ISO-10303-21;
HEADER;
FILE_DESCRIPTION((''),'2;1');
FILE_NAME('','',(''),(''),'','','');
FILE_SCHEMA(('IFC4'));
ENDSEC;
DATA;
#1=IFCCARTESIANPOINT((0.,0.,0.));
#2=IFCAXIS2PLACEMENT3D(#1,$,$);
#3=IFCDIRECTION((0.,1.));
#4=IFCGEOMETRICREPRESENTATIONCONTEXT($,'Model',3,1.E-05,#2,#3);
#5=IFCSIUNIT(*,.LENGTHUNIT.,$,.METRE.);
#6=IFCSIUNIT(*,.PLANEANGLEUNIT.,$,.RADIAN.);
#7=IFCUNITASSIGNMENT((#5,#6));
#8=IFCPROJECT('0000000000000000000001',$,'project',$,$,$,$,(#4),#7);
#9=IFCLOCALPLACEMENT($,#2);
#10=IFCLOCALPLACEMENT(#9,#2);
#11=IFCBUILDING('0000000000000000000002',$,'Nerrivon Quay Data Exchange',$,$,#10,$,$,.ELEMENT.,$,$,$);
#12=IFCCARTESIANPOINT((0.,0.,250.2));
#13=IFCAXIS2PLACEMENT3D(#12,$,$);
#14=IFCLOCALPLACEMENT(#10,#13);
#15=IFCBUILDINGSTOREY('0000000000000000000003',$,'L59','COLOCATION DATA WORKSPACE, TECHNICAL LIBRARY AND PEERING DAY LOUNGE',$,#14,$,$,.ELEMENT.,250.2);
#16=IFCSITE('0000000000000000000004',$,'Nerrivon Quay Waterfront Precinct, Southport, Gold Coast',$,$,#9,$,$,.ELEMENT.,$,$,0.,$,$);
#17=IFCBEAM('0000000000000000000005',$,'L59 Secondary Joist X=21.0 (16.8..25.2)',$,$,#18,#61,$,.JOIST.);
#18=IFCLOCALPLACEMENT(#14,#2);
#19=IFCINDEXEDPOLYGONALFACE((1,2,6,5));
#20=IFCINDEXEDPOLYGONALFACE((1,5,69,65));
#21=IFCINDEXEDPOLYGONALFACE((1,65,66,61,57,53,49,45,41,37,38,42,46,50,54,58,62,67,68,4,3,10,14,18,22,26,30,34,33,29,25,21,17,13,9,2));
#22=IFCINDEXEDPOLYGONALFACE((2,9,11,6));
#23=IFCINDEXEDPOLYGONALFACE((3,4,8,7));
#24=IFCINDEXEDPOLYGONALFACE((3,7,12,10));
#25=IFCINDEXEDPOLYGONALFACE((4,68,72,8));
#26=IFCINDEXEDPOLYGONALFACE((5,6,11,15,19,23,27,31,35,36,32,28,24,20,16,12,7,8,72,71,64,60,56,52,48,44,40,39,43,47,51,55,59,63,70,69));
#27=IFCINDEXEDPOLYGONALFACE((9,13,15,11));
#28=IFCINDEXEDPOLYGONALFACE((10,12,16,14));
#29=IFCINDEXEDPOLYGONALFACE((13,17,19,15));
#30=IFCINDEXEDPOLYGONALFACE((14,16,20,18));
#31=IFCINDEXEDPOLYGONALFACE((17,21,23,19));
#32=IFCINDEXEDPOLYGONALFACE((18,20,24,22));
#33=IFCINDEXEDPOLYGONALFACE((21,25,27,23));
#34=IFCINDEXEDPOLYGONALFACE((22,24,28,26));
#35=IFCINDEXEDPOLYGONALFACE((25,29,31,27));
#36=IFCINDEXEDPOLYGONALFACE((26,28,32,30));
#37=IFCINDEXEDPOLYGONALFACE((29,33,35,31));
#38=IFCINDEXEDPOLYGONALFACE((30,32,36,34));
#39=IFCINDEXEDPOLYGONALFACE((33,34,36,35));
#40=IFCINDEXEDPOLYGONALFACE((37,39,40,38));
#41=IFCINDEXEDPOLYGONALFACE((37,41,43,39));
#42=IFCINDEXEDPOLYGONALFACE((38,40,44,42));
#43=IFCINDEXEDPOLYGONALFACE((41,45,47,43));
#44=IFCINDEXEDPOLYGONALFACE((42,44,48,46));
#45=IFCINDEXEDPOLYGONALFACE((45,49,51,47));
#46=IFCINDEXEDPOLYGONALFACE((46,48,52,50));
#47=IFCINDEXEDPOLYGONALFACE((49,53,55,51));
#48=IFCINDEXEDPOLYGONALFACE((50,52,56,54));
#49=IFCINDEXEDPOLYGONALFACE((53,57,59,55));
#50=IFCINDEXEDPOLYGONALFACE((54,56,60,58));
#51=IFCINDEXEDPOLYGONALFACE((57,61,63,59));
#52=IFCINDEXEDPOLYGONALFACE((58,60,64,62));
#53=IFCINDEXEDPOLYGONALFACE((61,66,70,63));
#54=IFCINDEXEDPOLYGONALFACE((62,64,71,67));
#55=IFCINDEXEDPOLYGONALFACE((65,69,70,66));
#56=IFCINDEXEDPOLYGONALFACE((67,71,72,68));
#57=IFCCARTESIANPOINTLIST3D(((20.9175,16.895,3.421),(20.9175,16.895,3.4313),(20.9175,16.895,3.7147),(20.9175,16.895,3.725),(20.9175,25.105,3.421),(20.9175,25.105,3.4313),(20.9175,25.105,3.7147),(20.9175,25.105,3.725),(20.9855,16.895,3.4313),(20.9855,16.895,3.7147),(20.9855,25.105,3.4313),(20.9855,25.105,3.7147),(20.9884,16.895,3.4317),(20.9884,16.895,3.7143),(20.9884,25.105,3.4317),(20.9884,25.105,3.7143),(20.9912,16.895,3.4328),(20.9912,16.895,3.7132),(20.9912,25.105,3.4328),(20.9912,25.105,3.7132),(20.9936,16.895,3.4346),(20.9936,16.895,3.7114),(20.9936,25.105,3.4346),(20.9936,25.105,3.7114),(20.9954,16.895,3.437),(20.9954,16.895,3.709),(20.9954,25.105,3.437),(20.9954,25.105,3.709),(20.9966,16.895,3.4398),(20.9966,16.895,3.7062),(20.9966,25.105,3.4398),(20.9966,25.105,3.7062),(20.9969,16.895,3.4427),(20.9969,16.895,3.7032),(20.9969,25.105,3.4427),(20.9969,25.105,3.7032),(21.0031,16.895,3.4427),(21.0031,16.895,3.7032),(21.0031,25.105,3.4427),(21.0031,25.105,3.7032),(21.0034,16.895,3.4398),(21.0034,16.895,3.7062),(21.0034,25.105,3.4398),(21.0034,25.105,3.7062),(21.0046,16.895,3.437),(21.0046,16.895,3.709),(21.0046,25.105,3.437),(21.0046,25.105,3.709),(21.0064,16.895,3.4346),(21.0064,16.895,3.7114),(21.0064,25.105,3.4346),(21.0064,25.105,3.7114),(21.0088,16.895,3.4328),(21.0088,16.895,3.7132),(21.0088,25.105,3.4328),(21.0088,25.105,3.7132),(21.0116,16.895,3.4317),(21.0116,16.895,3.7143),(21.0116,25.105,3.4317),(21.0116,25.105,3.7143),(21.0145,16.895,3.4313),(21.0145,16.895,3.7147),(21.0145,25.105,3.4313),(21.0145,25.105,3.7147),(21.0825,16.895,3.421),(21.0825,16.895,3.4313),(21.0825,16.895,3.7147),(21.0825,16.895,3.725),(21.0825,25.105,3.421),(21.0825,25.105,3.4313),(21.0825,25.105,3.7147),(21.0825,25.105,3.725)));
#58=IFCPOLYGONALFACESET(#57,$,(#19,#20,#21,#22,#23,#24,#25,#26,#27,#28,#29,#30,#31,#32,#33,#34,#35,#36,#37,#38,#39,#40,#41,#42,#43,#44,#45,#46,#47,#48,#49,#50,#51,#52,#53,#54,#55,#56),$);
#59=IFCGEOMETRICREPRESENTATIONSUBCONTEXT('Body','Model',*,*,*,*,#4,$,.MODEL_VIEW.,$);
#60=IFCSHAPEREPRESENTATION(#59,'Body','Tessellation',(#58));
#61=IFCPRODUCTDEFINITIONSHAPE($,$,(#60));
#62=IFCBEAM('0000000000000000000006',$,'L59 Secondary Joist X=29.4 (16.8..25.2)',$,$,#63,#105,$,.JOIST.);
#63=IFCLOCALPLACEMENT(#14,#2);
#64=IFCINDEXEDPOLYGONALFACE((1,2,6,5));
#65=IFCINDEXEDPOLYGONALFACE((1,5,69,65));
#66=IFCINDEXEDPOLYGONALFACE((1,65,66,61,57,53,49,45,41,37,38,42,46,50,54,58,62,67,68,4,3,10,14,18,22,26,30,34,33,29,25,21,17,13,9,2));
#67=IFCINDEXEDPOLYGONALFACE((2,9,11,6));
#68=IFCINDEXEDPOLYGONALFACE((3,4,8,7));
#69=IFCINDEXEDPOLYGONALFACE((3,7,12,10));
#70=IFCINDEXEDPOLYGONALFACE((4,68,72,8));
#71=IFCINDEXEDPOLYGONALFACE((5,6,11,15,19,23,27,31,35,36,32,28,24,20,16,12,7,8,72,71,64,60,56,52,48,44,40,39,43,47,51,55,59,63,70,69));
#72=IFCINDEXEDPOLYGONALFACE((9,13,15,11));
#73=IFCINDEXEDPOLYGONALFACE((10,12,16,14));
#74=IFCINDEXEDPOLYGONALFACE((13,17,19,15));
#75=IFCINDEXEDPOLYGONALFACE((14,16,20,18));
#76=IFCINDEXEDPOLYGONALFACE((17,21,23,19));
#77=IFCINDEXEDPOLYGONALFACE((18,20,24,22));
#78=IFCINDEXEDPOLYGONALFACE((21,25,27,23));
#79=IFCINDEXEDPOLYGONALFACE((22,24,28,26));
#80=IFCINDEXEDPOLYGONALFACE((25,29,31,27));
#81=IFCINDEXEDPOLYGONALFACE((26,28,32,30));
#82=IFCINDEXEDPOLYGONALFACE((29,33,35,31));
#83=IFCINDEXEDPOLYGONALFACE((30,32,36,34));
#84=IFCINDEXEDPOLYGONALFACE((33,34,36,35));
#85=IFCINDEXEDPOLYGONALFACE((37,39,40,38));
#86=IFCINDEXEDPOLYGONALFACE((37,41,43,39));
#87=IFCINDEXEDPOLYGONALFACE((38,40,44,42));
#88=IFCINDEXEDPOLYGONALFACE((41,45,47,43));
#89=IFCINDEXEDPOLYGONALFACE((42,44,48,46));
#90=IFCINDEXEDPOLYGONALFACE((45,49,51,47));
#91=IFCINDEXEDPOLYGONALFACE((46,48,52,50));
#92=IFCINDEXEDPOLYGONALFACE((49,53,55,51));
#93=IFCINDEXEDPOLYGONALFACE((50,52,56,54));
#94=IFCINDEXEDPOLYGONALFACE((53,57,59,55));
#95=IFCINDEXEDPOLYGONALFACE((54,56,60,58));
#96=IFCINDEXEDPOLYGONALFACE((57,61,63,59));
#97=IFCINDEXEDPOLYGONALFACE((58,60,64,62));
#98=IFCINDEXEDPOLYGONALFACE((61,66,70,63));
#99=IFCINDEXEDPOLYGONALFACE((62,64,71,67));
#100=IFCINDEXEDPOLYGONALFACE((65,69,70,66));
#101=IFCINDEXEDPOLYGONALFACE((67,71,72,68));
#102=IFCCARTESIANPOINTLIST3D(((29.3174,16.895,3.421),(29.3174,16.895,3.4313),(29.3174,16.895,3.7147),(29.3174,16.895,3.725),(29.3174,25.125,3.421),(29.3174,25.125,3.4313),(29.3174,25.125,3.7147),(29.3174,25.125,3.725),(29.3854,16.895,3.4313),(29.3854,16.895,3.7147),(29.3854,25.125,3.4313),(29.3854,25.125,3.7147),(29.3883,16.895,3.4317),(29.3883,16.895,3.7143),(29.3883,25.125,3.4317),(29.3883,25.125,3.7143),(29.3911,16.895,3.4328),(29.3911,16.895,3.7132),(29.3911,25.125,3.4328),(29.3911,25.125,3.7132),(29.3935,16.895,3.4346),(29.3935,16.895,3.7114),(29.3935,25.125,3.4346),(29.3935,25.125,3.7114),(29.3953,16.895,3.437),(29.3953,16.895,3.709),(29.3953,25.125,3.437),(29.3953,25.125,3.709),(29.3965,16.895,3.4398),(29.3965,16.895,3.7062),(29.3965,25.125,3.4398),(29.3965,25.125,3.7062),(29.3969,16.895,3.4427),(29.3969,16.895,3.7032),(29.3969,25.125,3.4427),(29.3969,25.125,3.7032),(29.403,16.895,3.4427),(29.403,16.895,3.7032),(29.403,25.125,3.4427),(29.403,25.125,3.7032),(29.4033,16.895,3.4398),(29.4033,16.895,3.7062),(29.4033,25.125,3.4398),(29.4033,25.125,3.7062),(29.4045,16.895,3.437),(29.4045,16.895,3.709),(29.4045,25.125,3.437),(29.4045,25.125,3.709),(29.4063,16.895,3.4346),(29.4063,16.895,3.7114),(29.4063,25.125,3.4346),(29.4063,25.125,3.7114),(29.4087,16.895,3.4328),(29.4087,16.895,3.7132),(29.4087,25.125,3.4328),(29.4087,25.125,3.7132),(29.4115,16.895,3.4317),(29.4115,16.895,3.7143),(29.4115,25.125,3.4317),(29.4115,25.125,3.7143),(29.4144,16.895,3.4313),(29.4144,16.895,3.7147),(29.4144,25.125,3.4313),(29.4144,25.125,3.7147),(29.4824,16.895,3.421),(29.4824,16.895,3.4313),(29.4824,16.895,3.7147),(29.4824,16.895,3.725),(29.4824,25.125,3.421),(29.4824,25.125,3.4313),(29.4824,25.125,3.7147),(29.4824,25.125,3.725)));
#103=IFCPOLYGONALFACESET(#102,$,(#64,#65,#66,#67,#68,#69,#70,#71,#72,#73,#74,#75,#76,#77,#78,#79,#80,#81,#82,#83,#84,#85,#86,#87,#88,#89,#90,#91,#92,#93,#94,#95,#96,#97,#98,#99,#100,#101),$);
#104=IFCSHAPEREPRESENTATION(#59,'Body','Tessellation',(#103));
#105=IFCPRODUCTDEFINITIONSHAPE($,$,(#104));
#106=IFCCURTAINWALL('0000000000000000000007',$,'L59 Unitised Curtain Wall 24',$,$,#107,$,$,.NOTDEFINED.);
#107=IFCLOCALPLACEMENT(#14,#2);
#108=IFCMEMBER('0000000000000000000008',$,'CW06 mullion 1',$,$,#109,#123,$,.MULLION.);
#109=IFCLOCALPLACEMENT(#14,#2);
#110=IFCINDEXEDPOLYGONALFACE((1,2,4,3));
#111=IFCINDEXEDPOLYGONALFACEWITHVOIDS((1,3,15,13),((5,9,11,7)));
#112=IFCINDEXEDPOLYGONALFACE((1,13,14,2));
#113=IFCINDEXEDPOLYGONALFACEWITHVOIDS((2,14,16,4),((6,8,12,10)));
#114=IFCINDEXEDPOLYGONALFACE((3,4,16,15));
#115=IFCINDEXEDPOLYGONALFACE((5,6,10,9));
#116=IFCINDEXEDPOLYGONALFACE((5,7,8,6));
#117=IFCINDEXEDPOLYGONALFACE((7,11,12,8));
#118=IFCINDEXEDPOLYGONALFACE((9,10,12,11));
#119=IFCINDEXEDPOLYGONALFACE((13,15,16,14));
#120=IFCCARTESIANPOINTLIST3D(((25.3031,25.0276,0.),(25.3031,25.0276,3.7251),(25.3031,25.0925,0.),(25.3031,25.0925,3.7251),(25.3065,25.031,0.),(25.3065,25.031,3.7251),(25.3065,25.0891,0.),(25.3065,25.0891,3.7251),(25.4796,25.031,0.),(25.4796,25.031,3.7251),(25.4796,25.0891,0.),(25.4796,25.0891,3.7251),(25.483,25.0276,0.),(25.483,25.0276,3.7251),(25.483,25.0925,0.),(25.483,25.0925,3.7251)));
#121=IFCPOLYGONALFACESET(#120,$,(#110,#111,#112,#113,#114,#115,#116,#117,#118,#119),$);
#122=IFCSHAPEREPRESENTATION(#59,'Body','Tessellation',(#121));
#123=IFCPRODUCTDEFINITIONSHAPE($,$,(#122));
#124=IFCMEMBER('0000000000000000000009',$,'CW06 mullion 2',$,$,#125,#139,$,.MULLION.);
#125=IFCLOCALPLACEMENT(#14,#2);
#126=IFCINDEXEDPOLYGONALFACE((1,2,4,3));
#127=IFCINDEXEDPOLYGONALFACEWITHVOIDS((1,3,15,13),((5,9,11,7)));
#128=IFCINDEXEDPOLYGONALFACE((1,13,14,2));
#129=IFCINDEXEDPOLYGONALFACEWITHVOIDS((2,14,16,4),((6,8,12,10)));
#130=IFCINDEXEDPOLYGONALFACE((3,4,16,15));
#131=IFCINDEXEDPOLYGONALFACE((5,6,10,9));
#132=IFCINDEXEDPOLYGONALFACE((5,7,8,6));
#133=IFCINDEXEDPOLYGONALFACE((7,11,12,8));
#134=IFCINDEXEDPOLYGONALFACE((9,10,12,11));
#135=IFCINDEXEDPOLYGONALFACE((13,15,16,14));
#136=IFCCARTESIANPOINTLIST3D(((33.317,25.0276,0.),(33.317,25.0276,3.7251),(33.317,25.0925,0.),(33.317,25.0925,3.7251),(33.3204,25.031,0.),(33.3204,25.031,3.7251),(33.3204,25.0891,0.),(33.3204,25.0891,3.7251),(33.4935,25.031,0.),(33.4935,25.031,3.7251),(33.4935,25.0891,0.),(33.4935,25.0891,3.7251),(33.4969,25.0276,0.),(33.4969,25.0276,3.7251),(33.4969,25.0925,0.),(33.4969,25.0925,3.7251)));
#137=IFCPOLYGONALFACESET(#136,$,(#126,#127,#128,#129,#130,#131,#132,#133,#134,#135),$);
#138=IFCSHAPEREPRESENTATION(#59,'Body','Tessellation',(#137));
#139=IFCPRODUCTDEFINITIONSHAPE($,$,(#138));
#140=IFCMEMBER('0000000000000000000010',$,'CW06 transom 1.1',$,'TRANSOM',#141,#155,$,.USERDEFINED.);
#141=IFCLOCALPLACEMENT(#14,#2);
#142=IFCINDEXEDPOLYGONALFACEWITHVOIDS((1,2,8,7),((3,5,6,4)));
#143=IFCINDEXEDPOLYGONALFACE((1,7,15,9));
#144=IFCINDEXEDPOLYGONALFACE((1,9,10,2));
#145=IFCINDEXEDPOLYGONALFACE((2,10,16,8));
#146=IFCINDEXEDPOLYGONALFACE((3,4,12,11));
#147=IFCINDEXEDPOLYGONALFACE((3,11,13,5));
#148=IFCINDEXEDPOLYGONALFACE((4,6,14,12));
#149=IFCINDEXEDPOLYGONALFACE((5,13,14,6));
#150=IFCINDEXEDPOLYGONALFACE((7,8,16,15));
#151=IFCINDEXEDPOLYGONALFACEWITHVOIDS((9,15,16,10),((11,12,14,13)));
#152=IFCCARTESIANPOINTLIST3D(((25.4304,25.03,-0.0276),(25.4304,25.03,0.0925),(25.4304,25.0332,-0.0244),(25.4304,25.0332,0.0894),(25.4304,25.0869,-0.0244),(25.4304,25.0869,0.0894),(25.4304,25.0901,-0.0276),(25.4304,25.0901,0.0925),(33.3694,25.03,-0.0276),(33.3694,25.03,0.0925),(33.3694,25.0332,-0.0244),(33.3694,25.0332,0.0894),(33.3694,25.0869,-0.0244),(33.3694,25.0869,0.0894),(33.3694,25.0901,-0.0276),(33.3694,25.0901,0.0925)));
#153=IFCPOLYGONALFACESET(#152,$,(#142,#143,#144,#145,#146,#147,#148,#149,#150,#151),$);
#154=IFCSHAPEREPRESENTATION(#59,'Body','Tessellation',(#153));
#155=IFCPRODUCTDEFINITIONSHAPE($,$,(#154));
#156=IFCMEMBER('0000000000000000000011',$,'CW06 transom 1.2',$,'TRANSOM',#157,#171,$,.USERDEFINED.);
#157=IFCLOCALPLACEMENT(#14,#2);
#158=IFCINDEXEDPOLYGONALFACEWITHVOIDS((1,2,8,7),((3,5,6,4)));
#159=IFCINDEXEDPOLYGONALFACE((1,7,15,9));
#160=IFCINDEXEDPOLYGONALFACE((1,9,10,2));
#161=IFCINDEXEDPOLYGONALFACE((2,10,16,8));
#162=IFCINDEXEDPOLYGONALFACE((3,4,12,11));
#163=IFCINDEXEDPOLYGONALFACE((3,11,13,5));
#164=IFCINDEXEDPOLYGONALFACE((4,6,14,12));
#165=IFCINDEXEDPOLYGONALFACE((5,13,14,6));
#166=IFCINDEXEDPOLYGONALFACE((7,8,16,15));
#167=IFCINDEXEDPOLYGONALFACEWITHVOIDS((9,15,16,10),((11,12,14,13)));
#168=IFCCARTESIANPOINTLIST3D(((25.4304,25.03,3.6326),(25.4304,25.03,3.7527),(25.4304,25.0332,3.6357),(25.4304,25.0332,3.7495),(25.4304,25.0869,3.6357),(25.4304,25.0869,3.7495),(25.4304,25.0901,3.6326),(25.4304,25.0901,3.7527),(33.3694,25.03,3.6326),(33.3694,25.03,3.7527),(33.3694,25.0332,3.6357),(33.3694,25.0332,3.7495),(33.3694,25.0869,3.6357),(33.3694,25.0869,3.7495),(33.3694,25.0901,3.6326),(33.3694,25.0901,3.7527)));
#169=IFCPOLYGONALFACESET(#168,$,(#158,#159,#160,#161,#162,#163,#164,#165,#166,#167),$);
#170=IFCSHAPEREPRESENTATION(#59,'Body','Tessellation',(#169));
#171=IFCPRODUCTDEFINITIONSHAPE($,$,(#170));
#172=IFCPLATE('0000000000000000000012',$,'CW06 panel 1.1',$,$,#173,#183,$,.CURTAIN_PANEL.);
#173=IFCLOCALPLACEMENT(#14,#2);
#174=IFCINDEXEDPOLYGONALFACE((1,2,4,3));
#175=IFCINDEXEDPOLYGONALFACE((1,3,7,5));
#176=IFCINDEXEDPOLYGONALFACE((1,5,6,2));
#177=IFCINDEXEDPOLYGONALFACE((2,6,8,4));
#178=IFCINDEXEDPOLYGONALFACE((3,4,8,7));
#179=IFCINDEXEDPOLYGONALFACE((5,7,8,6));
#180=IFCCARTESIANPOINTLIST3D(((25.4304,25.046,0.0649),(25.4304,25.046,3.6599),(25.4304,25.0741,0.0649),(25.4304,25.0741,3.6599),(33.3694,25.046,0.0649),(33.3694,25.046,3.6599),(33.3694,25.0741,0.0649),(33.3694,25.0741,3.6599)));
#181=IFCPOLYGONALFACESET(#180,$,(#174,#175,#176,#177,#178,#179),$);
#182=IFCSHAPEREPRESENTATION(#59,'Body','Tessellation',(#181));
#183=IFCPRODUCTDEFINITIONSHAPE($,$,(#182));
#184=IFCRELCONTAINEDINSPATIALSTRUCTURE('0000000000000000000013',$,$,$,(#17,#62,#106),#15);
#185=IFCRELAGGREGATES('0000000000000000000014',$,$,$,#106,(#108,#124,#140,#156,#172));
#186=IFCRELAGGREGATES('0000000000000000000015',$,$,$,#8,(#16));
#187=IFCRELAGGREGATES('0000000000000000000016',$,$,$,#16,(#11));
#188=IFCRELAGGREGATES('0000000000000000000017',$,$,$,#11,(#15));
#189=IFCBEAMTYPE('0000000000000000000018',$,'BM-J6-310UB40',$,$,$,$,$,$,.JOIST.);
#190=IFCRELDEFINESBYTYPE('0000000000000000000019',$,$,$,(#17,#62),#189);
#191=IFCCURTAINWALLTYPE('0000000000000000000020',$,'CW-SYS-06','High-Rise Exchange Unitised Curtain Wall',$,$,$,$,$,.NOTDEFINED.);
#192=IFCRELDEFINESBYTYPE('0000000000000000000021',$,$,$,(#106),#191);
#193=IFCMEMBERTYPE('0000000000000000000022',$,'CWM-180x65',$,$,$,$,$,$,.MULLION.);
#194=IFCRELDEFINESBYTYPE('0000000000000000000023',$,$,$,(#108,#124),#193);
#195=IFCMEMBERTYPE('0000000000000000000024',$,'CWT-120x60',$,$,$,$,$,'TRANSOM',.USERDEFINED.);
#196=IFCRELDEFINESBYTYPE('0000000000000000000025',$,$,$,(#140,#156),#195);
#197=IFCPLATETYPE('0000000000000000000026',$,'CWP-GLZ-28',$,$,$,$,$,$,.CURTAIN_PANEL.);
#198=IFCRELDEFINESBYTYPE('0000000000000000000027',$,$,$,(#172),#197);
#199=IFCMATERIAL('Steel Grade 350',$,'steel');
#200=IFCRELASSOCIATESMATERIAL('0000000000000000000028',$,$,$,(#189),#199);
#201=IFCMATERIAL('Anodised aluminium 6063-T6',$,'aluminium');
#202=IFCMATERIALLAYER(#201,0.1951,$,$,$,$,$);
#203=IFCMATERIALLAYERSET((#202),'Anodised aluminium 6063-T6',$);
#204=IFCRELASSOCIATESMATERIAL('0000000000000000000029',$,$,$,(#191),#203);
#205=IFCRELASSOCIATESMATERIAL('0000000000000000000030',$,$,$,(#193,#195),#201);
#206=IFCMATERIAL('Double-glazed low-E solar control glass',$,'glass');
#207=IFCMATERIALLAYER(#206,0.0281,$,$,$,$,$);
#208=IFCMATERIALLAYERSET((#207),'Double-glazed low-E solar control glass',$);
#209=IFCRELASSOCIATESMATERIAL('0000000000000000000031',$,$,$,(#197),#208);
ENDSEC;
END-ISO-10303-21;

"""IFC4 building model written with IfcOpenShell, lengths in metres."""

from ifc_helpers import new_model, si_unit, direction, frame, origin, origin_2d, place, context, subcontext, project, spatial, rectangle, hollow_rectangle, i_section, extrude, material, layer, layer_set, material_profile, profile_set, type_object, element, aggregate, save


model = new_model("IFC4")

# Units and contexts
model_context = context("Model", 3, precision=1e-05, world=origin(), true_north=direction((0.0, 1.0)))
body_context = subcontext(model_context, "Body", "Model", "MODEL_VIEW")
ifc_project = project(units=[si_unit("LENGTHUNIT", "METRE"), si_unit("PLANEANGLEUNIT", "RADIAN")], contexts=[model_context])

# Site, building, storey
site_placement = place(None, origin())
site = spatial("IfcSite", under=ifc_project, at=site_placement, Name="Nerrivon Quay Waterfront Precinct, Southport, Gold Coast", CompositionType="ELEMENT", RefElevation=0.0)
building_placement = place(site_placement, origin())
building = spatial("IfcBuilding", under=site, at=building_placement, Name="Nerrivon Quay Data Exchange", CompositionType="ELEMENT")
storey_placement = place(building_placement, frame((0.0, 0.0, 250.2)))
storey = spatial("IfcBuildingStorey", under=building, at=storey_placement, Name="L59", Description="COLOCATION DATA WORKSPACE, TECHNICAL LIBRARY AND PEERING DAY LOUNGE", CompositionType="ELEMENT", Elevation=250.2)

# Beams
ifc_material_1 = material(Name="Steel Grade 350", Category="steel")
ifc_material_profile_1 = material_profile(ifc_material_1, i_section(OverallWidth=0.165, OverallDepth=0.304, WebThickness=0.0061, FlangeThickness=0.0103, FilletRadius=0.0115, at=origin_2d()), Name="310UB40.4")
ifc_profile_set_1 = profile_set([ifc_material_profile_1], Name="Steel Grade 350")
beam_type_1 = type_object("IfcBeamType", Name="BM-J6-310UB40", PredefinedType="JOIST", material=ifc_profile_set_1)
beam_1_placement = place(storey_placement, frame((21.0, 16.895, 3.573), z_axis=(0.0, 1.0, 0.0), x_axis=(-1.0, 0.0, 0.0)))
element("IfcBeam", 1, at=beam_1_placement, inside=storey, type_object=beam_type_1, Name="L59 Secondary Joist X=21.0 (16.8..25.2)", PredefinedType="JOIST", context=body_context, shape_type="SweptSolid", body=[
    extrude(i_section(OverallWidth=0.165, OverallDepth=0.304, WebThickness=0.0061, FlangeThickness=0.0103, FilletRadius=0.0115, at=origin_2d()), origin(), (0.0, 0.0, 1.0), 8.21),
])
beam_2_placement = place(storey_placement, frame((29.3999, 16.895, 3.573), z_axis=(0.0, 1.0, 0.0), x_axis=(-1.0, 0.0, 0.0)))
element("IfcBeam", 2, at=beam_2_placement, inside=storey, type_object=beam_type_1, Name="L59 Secondary Joist X=29.4 (16.8..25.2)", PredefinedType="JOIST", context=body_context, shape_type="SweptSolid", body=[
    extrude(i_section(OverallWidth=0.165, OverallDepth=0.304, WebThickness=0.0061, FlangeThickness=0.0103, FilletRadius=0.0115, at=origin_2d()), origin(), (0.0, 0.0, 1.0), 8.23),
])

# Curtain wall, members, plate
ifc_material_2 = material(Name="Anodised aluminium 6063-T6", Category="aluminium")
ifc_layer_1 = layer(ifc_material_2, 0.1951)
ifc_layer_set_1 = layer_set([ifc_layer_1], Name="Anodised aluminium 6063-T6")
curtain_wall_type = type_object("IfcCurtainWallType", Name="CW-SYS-06", Description="High-Rise Exchange Unitised Curtain Wall", PredefinedType="NOTDEFINED", material=ifc_layer_set_1)
curtain_wall_placement = place(storey_placement, origin())
curtain_wall = element("IfcCurtainWall", 3, at=curtain_wall_placement, inside=storey, type_object=curtain_wall_type, Name="L59 Unitised Curtain Wall 24", PredefinedType="NOTDEFINED")
ifc_material_profile_2 = material_profile(ifc_material_2, hollow_rectangle(XDim=0.0649, YDim=0.1799, WallThickness=0.0034, at=origin_2d()), Name="ALU-MULL-180x65")
ifc_profile_set_2 = profile_set([ifc_material_profile_2], Name="Anodised aluminium 6063-T6")
member_type_1 = type_object("IfcMemberType", Name="CWM-180x65", PredefinedType="MULLION", material=ifc_profile_set_2)
member_1_placement = place(storey_placement, frame((25.3931, 25.0601, 0.0), z_axis=(0.0, 0.0, 1.0), x_axis=(0.0, 1.0, 0.0)))
member_1 = element("IfcMember", 4, at=member_1_placement, type_object=member_type_1, Name="CW06 mullion 1", PredefinedType="MULLION", context=body_context, shape_type="SweptSolid", body=[
    extrude(hollow_rectangle(XDim=0.0649, YDim=0.1799, WallThickness=0.0034, at=origin_2d()), origin(), (0.0, 0.0, 1.0), 3.7251),
])
member_2_placement = place(storey_placement, frame((33.407, 25.0601, 0.0), z_axis=(0.0, 0.0, 1.0), x_axis=(0.0, 1.0, 0.0)))
member_2 = element("IfcMember", 5, at=member_2_placement, type_object=member_type_1, Name="CW06 mullion 2", PredefinedType="MULLION", context=body_context, shape_type="SweptSolid", body=[
    extrude(hollow_rectangle(XDim=0.0649, YDim=0.1799, WallThickness=0.0034, at=origin_2d()), origin(), (0.0, 0.0, 1.0), 3.7251),
])
ifc_material_profile_3 = material_profile(ifc_material_2, hollow_rectangle(XDim=0.0601, YDim=0.1201, WallThickness=0.0032, at=origin_2d()), Name="ALU-TRAN-120x60")
ifc_profile_set_3 = profile_set([ifc_material_profile_3], Name="Anodised aluminium 6063-T6")
member_type_2 = type_object("IfcMemberType", Name="CWT-120x60", ElementType="TRANSOM", PredefinedType="USERDEFINED", material=ifc_profile_set_3)
member_3_placement = place(storey_placement, frame((25.4304, 25.0601, 0.0325), z_axis=(1.0, 0.0, 0.0), x_axis=(0.0, 1.0, 0.0)))
member_3 = element("IfcMember", 6, at=member_3_placement, type_object=member_type_2, Name="CW06 transom 1.1", ObjectType="TRANSOM", PredefinedType="USERDEFINED", context=body_context, shape_type="SweptSolid", body=[
    extrude(hollow_rectangle(XDim=0.0601, YDim=0.1201, WallThickness=0.0032, at=origin_2d()), origin(), (0.0, 0.0, 1.0), 7.939),
])
member_4_placement = place(storey_placement, frame((25.4304, 25.0601, 3.6926), z_axis=(1.0, 0.0, 0.0), x_axis=(0.0, 1.0, 0.0)))
member_4 = element("IfcMember", 7, at=member_4_placement, type_object=member_type_2, Name="CW06 transom 1.2", ObjectType="TRANSOM", PredefinedType="USERDEFINED", context=body_context, shape_type="SweptSolid", body=[
    extrude(hollow_rectangle(XDim=0.0601, YDim=0.1201, WallThickness=0.0032, at=origin_2d()), origin(), (0.0, 0.0, 1.0), 7.939),
])
ifc_material_3 = material(Name="Double-glazed low-E solar control glass", Category="glass")
ifc_layer_2 = layer(ifc_material_3, 0.0281)
ifc_layer_set_2 = layer_set([ifc_layer_2], Name="Double-glazed low-E solar control glass")
plate_type = type_object("IfcPlateType", Name="CWP-GLZ-28", PredefinedType="CURTAIN_PANEL", material=ifc_layer_set_2)
plate_placement = place(storey_placement, frame((29.3999, 25.0601, 0.0649), z_axis=(0.0, 0.0, 1.0), x_axis=(1.0, 0.0, 0.0)))
plate = element("IfcPlate", 8, at=plate_placement, type_object=plate_type, Name="CW06 panel 1.1", PredefinedType="CURTAIN_PANEL", context=body_context, shape_type="SweptSolid", body=[
    extrude(rectangle(XDim=7.939, YDim=0.0281, at=origin_2d()), origin(), (0.0, 0.0, 1.0), 3.595),
])
aggregate(curtain_wall, [member_1, member_2, member_3, member_4, plate])

save(model, "model.ifc")
